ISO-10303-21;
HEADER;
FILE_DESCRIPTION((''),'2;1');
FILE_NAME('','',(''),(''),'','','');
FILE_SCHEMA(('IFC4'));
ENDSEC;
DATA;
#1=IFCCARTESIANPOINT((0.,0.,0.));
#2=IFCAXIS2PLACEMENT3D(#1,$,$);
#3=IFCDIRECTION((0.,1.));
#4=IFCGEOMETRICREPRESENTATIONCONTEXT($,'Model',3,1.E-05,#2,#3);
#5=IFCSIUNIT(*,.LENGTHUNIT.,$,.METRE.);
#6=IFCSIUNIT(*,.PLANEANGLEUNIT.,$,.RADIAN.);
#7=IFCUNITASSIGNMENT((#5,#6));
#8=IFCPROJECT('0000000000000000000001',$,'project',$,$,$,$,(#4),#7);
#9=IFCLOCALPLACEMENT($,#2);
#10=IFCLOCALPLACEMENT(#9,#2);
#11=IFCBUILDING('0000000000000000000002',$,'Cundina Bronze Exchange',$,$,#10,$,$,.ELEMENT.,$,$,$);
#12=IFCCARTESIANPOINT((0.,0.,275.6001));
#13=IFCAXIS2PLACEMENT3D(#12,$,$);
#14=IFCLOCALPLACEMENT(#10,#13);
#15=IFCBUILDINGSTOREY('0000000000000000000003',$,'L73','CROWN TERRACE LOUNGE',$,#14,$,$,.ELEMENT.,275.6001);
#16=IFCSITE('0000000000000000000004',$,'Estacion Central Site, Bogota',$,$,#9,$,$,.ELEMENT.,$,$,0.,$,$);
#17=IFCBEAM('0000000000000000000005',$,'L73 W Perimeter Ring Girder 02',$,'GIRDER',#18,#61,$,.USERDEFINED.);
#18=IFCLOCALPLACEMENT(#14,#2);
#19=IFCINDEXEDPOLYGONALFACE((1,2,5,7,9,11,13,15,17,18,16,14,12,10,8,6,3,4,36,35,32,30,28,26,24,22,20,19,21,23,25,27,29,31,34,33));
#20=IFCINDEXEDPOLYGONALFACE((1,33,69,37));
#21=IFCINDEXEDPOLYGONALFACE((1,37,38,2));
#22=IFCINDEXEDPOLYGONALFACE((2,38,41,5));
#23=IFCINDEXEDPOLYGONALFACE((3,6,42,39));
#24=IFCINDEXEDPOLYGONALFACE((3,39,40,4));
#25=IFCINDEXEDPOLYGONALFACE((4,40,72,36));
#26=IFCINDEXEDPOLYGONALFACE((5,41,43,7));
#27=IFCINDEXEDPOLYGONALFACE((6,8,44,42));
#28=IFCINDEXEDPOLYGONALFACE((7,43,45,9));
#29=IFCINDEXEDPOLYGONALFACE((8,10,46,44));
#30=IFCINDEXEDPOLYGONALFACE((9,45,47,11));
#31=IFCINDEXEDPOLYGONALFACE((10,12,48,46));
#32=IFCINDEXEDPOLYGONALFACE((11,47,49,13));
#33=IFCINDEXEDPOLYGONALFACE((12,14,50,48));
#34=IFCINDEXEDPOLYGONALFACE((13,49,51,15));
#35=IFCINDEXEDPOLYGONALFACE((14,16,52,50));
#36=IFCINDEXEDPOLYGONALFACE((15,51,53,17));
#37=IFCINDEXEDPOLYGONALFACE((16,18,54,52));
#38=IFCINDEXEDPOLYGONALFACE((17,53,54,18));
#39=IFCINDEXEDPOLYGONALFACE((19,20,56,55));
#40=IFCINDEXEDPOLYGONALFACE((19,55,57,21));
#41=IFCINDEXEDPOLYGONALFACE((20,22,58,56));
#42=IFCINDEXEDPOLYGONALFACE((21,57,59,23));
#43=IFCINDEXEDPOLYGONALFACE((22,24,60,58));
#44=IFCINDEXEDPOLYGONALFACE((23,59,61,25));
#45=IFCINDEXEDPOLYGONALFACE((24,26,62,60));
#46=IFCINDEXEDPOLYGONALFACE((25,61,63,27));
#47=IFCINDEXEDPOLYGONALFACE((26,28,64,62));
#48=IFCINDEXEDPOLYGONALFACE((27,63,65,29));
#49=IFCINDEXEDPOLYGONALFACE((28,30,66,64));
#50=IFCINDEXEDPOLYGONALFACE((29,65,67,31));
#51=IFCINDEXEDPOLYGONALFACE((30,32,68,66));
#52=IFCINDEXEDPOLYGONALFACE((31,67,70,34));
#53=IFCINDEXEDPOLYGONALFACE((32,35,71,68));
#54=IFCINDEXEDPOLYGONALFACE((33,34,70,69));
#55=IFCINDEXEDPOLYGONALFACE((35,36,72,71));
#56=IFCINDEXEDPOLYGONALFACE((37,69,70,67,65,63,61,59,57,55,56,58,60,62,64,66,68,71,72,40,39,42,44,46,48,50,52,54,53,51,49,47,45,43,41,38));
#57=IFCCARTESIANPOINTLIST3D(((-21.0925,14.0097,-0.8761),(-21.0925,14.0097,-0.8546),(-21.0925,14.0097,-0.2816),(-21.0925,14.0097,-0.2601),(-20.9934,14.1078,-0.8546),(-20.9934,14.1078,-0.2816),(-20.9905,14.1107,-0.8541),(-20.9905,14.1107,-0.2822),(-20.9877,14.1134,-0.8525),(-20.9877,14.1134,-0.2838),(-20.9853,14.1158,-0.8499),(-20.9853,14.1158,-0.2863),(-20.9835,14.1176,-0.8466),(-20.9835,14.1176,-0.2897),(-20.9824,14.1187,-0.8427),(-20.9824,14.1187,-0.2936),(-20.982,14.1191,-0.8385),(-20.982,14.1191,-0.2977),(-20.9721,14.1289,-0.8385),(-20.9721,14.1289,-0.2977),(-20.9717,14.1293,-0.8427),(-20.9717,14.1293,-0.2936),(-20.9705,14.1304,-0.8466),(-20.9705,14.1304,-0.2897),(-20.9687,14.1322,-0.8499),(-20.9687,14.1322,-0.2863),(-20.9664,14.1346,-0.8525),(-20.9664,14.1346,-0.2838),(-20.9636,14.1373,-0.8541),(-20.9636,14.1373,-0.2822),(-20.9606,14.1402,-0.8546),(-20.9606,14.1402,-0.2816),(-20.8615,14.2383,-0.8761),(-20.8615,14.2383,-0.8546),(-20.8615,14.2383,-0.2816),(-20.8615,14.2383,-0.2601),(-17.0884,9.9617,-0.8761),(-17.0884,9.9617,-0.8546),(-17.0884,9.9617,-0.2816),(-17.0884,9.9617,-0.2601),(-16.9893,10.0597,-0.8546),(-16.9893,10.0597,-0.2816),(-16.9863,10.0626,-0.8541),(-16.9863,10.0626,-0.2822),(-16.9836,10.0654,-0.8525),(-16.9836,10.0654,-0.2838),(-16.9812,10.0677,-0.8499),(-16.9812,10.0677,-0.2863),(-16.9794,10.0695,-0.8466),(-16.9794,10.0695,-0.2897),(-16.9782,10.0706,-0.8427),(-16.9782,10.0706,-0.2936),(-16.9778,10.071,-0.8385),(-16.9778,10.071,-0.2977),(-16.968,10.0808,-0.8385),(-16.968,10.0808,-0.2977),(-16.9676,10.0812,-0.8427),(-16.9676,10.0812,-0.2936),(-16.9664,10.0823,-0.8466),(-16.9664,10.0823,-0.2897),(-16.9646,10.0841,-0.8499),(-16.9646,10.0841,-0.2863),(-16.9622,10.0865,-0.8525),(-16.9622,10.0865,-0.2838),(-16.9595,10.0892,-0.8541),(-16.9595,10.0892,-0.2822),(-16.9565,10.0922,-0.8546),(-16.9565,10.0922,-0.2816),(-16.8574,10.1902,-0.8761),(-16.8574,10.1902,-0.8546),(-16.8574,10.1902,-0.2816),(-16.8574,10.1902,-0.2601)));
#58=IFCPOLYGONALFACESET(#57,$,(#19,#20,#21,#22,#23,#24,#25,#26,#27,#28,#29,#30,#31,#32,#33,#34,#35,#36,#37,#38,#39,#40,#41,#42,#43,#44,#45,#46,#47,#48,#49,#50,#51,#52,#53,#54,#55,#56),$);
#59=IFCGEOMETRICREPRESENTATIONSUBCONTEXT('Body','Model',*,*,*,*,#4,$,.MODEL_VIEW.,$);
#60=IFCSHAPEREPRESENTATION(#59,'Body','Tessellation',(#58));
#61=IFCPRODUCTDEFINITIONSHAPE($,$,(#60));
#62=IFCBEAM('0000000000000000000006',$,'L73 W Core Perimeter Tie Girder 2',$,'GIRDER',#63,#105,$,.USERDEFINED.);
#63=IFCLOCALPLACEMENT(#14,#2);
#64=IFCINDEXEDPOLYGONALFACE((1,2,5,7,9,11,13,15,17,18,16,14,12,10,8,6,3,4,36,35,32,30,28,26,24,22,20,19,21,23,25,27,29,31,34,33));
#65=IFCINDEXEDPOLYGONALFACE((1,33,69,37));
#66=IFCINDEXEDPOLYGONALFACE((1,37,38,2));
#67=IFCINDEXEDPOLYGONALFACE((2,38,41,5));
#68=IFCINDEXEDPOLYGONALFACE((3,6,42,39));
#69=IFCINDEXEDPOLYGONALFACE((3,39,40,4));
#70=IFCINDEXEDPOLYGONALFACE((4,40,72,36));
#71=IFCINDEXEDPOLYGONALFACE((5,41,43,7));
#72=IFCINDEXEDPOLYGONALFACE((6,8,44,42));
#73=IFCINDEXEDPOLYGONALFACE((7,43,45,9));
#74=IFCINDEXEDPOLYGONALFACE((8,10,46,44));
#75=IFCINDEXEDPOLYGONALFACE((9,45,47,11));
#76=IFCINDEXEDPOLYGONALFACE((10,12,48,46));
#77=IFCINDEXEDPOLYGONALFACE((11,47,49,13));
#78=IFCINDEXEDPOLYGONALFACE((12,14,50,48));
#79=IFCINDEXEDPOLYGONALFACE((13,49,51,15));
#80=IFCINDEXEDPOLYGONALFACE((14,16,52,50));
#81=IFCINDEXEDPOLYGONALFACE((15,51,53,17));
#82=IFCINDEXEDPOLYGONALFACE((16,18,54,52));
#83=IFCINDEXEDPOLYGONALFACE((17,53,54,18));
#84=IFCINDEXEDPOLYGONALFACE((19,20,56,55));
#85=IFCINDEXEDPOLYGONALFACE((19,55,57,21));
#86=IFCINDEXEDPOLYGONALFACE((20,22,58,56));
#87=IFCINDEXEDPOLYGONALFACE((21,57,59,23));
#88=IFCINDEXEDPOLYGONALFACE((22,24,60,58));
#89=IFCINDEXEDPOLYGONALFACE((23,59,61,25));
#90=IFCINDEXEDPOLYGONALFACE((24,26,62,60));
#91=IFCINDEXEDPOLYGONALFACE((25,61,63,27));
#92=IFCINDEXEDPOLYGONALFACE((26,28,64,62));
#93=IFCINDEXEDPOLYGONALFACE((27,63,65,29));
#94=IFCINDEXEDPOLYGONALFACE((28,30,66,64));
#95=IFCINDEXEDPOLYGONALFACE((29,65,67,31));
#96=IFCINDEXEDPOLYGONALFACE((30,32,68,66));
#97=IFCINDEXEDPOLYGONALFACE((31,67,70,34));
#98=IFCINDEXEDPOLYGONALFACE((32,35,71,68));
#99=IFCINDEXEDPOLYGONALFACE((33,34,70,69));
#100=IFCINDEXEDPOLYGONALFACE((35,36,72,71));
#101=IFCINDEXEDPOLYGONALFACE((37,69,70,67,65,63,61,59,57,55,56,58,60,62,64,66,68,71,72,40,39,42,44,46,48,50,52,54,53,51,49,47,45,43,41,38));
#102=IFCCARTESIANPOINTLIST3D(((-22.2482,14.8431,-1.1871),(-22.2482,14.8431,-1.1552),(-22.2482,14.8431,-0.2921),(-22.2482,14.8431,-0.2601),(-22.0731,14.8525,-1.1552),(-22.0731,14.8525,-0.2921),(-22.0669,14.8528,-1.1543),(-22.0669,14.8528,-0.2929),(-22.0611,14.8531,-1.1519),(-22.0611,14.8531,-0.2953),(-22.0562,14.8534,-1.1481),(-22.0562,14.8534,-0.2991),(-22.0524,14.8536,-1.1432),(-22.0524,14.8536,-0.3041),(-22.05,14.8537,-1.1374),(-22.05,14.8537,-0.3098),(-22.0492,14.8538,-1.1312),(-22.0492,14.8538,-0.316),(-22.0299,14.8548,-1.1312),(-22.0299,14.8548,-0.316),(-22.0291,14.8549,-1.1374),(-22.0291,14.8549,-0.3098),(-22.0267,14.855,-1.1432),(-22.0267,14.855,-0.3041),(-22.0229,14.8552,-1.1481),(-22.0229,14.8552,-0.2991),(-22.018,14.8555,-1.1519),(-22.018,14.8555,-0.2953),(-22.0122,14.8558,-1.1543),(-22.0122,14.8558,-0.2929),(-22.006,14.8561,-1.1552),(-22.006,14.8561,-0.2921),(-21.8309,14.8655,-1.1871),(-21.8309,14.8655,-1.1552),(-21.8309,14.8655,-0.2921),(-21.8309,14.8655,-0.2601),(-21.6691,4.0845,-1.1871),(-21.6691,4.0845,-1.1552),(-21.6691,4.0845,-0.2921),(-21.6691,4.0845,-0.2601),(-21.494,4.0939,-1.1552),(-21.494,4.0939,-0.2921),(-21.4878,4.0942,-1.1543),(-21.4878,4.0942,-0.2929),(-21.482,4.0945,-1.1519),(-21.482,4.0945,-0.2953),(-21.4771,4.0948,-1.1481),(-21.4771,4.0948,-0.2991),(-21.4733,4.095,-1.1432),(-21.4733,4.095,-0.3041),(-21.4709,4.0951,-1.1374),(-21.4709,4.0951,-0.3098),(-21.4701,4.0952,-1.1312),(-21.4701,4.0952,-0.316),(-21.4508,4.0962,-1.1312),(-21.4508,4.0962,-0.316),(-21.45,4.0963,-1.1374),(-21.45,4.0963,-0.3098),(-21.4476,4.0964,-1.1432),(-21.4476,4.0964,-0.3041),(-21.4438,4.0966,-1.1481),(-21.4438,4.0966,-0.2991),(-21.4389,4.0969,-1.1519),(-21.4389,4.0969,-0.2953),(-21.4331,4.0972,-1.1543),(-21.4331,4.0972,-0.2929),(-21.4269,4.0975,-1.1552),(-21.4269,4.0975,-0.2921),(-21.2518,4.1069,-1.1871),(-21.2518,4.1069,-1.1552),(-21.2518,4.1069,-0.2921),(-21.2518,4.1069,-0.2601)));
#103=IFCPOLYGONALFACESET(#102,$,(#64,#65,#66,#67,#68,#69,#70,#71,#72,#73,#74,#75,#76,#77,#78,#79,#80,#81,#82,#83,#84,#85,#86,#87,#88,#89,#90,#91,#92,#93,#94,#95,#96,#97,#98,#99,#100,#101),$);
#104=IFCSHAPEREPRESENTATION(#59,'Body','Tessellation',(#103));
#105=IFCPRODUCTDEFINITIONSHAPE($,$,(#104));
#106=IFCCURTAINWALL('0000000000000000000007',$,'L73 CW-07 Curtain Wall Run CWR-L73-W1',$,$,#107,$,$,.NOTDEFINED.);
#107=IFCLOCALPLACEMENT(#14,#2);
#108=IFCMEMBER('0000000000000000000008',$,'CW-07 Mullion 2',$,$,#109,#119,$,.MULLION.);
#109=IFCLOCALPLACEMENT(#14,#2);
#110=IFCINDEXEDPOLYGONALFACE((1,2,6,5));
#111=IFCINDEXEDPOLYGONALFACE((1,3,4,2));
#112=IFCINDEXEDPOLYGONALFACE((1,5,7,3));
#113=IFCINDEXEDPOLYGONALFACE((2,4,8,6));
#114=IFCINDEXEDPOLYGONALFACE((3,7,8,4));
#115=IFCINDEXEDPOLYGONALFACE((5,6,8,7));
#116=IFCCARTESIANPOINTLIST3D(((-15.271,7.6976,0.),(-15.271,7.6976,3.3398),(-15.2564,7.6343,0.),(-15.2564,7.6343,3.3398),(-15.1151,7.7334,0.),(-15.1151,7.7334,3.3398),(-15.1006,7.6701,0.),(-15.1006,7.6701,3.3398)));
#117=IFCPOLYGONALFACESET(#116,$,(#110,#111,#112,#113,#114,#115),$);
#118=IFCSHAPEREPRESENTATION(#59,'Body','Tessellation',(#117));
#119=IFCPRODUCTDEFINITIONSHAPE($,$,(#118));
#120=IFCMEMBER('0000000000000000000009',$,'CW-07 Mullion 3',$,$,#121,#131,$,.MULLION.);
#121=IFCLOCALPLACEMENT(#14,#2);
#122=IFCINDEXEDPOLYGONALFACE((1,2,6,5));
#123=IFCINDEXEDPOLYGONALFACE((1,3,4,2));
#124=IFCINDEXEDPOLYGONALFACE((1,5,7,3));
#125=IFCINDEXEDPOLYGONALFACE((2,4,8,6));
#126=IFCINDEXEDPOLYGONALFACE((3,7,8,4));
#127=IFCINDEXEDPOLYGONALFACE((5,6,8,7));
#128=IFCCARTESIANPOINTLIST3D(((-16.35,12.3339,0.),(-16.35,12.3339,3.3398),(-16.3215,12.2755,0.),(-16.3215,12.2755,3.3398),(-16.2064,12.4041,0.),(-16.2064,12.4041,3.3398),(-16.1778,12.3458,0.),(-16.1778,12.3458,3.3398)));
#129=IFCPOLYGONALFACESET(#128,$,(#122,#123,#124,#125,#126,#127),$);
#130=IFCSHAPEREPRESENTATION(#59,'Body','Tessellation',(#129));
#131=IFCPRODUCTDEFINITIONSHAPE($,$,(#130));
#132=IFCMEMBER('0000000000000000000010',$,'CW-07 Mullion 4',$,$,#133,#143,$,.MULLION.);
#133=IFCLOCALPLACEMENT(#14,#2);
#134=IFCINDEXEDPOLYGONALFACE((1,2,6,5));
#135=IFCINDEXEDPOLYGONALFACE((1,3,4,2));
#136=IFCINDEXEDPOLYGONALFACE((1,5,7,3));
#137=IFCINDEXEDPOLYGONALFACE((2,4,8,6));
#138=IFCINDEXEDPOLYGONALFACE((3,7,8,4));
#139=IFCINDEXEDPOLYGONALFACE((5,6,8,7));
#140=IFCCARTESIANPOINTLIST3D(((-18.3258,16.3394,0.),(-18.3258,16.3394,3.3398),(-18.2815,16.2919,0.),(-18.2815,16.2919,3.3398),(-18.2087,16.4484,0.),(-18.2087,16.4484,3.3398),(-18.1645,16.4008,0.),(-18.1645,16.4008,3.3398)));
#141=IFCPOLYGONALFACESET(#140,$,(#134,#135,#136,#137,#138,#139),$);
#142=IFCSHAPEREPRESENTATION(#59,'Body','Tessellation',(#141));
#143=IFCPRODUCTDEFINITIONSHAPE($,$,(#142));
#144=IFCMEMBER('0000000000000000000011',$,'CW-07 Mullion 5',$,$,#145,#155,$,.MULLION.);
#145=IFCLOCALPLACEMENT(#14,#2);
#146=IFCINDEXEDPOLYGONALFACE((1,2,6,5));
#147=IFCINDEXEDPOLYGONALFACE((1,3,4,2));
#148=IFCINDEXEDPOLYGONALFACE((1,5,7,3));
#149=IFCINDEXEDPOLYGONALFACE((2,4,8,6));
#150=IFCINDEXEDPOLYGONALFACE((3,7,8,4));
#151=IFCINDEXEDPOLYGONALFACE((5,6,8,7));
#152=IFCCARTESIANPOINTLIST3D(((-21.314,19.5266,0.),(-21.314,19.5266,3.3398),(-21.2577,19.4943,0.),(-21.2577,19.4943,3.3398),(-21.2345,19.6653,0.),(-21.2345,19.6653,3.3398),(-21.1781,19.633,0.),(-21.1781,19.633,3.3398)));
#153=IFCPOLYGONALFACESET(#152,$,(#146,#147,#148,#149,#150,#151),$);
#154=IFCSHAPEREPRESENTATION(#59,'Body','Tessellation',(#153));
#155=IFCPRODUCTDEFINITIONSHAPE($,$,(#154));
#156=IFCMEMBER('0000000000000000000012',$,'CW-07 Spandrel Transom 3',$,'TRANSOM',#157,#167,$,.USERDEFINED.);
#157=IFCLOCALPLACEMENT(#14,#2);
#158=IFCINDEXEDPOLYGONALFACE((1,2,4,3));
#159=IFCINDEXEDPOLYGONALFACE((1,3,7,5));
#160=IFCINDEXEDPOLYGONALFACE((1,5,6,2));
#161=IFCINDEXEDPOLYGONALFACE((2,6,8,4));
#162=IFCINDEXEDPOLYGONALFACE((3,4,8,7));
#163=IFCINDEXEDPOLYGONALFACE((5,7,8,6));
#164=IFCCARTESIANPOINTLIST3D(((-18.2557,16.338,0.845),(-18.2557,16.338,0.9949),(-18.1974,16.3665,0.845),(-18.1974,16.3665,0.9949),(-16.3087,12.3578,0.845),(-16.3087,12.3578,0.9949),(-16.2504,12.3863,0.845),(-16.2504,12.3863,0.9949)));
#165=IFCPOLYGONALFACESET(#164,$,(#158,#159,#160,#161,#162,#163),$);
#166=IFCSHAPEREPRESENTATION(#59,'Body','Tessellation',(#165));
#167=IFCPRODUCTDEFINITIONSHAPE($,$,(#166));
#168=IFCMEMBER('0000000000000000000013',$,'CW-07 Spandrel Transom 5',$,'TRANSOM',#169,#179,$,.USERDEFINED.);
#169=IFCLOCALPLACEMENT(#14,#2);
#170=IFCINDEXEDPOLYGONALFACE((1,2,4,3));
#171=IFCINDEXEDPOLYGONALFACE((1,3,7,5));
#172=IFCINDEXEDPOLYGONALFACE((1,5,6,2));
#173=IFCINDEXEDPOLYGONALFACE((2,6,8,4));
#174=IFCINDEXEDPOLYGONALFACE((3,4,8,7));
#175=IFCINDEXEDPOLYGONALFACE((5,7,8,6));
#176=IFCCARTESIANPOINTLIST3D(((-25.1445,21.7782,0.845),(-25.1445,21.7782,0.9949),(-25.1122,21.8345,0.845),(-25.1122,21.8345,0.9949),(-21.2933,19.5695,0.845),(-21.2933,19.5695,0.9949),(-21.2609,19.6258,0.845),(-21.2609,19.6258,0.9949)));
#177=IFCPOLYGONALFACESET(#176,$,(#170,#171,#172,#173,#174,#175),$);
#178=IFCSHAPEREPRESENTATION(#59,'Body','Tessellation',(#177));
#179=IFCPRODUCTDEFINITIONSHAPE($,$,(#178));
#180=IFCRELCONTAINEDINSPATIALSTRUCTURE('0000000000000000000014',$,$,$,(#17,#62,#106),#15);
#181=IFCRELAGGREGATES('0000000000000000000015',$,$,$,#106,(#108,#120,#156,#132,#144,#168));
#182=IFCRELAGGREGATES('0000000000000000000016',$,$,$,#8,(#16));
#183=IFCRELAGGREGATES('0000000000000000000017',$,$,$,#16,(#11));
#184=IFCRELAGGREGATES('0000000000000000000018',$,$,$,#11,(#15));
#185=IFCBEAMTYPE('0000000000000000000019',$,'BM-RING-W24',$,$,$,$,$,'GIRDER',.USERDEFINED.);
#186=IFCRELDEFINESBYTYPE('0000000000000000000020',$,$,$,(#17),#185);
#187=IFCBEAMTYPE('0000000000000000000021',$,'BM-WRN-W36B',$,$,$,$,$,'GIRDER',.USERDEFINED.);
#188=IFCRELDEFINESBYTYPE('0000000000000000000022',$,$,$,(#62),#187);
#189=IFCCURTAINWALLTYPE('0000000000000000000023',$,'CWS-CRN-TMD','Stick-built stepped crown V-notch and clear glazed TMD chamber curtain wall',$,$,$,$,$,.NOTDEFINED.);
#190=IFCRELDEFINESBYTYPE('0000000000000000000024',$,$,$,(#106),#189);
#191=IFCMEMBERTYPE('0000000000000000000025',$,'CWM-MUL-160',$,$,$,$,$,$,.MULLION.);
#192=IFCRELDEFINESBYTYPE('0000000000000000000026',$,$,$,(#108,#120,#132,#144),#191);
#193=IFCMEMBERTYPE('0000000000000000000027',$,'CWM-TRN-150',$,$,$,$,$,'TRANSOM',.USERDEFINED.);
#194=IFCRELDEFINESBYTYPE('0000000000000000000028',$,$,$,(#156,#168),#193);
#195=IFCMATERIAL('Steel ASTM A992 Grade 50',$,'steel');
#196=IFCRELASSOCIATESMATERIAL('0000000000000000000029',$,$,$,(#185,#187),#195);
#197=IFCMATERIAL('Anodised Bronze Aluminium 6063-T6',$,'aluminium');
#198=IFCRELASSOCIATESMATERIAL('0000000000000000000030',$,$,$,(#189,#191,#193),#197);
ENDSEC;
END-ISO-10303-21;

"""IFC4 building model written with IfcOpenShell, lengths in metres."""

from ifc_helpers import new_model, si_unit, direction, frame, origin, origin_2d, place, context, subcontext, project, spatial, rectangle, i_section, extrude, material, material_profile, profile_set, type_object, element, aggregate, save


model = new_model("IFC4")

# Units and contexts
model_context = context("Model", 3, precision=1e-05, world=origin(), true_north=direction((0.0, 1.0)))
body_context = subcontext(model_context, "Body", "Model", "MODEL_VIEW")
ifc_project = project(units=[si_unit("LENGTHUNIT", "METRE"), si_unit("PLANEANGLEUNIT", "RADIAN")], contexts=[model_context])

# Site, building, storey
site_placement = place(None, origin())
site = spatial("IfcSite", under=ifc_project, at=site_placement, Name="Estacion Central Site, Bogota", CompositionType="ELEMENT", RefElevation=0.0)
building_placement = place(site_placement, origin())
building = spatial("IfcBuilding", under=site, at=building_placement, Name="Cundina Bronze Exchange", CompositionType="ELEMENT")
storey_placement = place(building_placement, frame((0.0, 0.0, 275.6001)))
storey = spatial("IfcBuildingStorey", under=building, at=storey_placement, Name="L73", Description="CROWN TERRACE LOUNGE", CompositionType="ELEMENT", Elevation=275.6001)

# Shared definitions
ifc_material_1 = material(Name="Steel ASTM A992 Grade 50", Category="steel")

# Beams
ifc_material_profile_1 = material_profile(ifc_material_1, i_section(OverallWidth=0.325, OverallDepth=0.616, WebThickness=0.0139, FlangeThickness=0.0215, FilletRadius=0.0161, at=origin_2d()), Name="W24X117", Category="steel")
ifc_profile_set_1 = profile_set([ifc_material_profile_1], Name="Steel ASTM A992 Grade 50")
beam_type_1 = type_object("IfcBeamType", Name="BM-RING-W24", ElementType="GIRDER", PredefinedType="USERDEFINED", material=ifc_profile_set_1)
beam_1_placement = place(storey_placement, frame((-16.9729, 10.0759, -0.5681), z_axis=(-0.703237, 0.710955, 0.0), x_axis=(-0.710955, -0.703237, 0.0)))
element("IfcBeam", 1, at=beam_1_placement, inside=storey, type_object=beam_type_1, Name="L73 W Perimeter Ring Girder 02", ObjectType="GIRDER", PredefinedType="USERDEFINED", context=body_context, shape_type="SweptSolid", body=[
    extrude(i_section(OverallWidth=0.325, OverallDepth=0.616, WebThickness=0.0139, FlangeThickness=0.0215, FilletRadius=0.0161, at=origin_2d()), origin(), (0.0, 0.0, 1.0), 5.6938),
])
ifc_material_profile_2 = material_profile(ifc_material_1, i_section(OverallWidth=0.418, OverallDepth=0.927, WebThickness=0.0193, FlangeThickness=0.032, FilletRadius=0.0239, at=origin_2d()), Name="W36X231", Category="steel")
ifc_profile_set_2 = profile_set([ifc_material_profile_2], Name="Steel ASTM A992 Grade 50")
beam_type_2 = type_object("IfcBeamType", Name="BM-WRN-W36B", ElementType="GIRDER", PredefinedType="USERDEFINED", material=ifc_profile_set_2)
beam_2_placement = place(storey_placement, frame((-21.4604, 4.0957, -0.7236), z_axis=(-0.053749, 0.998554, 0.0), x_axis=(-0.998554, -0.053749, 0.0)))
element("IfcBeam", 2, at=beam_2_placement, inside=storey, type_object=beam_type_2, Name="L73 W Core Perimeter Tie Girder 2", ObjectType="GIRDER", PredefinedType="USERDEFINED", context=body_context, shape_type="SweptSolid", body=[
    extrude(i_section(OverallWidth=0.418, OverallDepth=0.927, WebThickness=0.0193, FlangeThickness=0.032, FilletRadius=0.0239, at=origin_2d()), origin(), (0.0, 0.0, 1.0), 10.7742),
])

# Curtain wall, members
ifc_material_2 = material(Name="Anodised Bronze Aluminium 6063-T6", Category="aluminium")
curtain_wall_type = type_object("IfcCurtainWallType", Name="CWS-CRN-TMD", Description="Stick-built stepped crown V-notch and clear glazed TMD chamber curtain wall", PredefinedType="NOTDEFINED", material=ifc_material_2)
curtain_wall_placement = place(storey_placement, origin())
curtain_wall = element("IfcCurtainWall", 3, at=curtain_wall_placement, inside=storey, type_object=curtain_wall_type, Name="L73 CW-07 Curtain Wall Run CWR-L73-W1", PredefinedType="NOTDEFINED")
ifc_material_profile_3 = material_profile(ifc_material_2, rectangle(XDim=0.0649, YDim=0.1599, at=origin_2d()), Name="AL65X160", Category="aluminium")
ifc_profile_set_3 = profile_set([ifc_material_profile_3], Name="Anodised Bronze Aluminium 6063-T6")
member_type_1 = type_object("IfcMemberType", Name="CWM-MUL-160", PredefinedType="MULLION", material=ifc_profile_set_3)
member_1_placement = place(storey_placement, frame((-15.1858, 7.6838, 0.0), z_axis=(0.0, 0.0, 1.0), x_axis=(-0.223931, 0.974605, 0.0)))
member_1 = element("IfcMember", 4, at=member_1_placement, type_object=member_type_1, Name="CW-07 Mullion 2", PredefinedType="MULLION", context=body_context, shape_type="SweptSolid", body=[
    extrude(rectangle(XDim=0.0649, YDim=0.1599, at=origin_2d()), origin(), (0.0, 0.0, 1.0), 3.3398),
])
member_2_placement = place(storey_placement, frame((-16.2639, 12.3398, 0.0), z_axis=(0.0, 0.0, 1.0), x_axis=(-0.439469, 0.898258, 0.0)))
member_2 = element("IfcMember", 5, at=member_2_placement, type_object=member_type_1, Name="CW-07 Mullion 3", PredefinedType="MULLION", context=body_context, shape_type="SweptSolid", body=[
    extrude(rectangle(XDim=0.0649, YDim=0.1599, at=origin_2d()), origin(), (0.0, 0.0, 1.0), 3.3398),
])
member_3_placement = place(storey_placement, frame((-18.2451, 16.3701, 0.0), z_axis=(0.0, 0.0, 1.0), x_axis=(-0.681488, 0.73183, 0.0)))
member_3 = element("IfcMember", 6, at=member_3_placement, type_object=member_type_1, Name="CW-07 Mullion 4", PredefinedType="MULLION", context=body_context, shape_type="SweptSolid", body=[
    extrude(rectangle(XDim=0.0649, YDim=0.1599, at=origin_2d()), origin(), (0.0, 0.0, 1.0), 3.3398),
])
member_4_placement = place(storey_placement, frame((-21.2461, 19.5798, 0.0), z_axis=(0.0, 0.0, 1.0), x_axis=(-0.867418, 0.49758, 0.0)))
member_4 = element("IfcMember", 7, at=member_4_placement, type_object=member_type_1, Name="CW-07 Mullion 5", PredefinedType="MULLION", context=body_context, shape_type="SweptSolid", body=[
    extrude(rectangle(XDim=0.0649, YDim=0.1599, at=origin_2d()), origin(), (0.0, 0.0, 1.0), 3.3398),
])
ifc_material_profile_4 = material_profile(ifc_material_2, rectangle(XDim=0.0649, YDim=0.1499, at=origin_2d()), Name="AL65X150", Category="aluminium")
ifc_profile_set_4 = profile_set([ifc_material_profile_4], Name="Anodised Bronze Aluminium 6063-T6")
member_type_2 = type_object("IfcMemberType", Name="CWM-TRN-150", ElementType="TRANSOM", PredefinedType="USERDEFINED", material=ifc_profile_set_4)
member_5_placement = place(storey_placement, frame((-16.2795, 12.3721, 0.9199), z_axis=(-0.439417, 0.898283, 0.0), x_axis=(-0.898283, -0.439417, 0.0)))
member_5 = element("IfcMember", 8, at=member_5_placement, type_object=member_type_2, Name="CW-07 Spandrel Transom 3", ObjectType="TRANSOM", PredefinedType="USERDEFINED", context=body_context, shape_type="SweptSolid", body=[
    extrude(rectangle(XDim=0.0649, YDim=0.1499, at=origin_2d()), origin(), (0.0, 0.0, 1.0), 4.4309),
])
member_6_placement = place(storey_placement, frame((-21.2771, 19.5977, 0.9199), z_axis=(-0.867467, 0.497494, 0.0), x_axis=(-0.497494, -0.867467, 0.0)))
member_6 = element("IfcMember", 9, at=member_6_placement, type_object=member_type_2, Name="CW-07 Spandrel Transom 5", ObjectType="TRANSOM", PredefinedType="USERDEFINED", context=body_context, shape_type="SweptSolid", body=[
    extrude(rectangle(XDim=0.0649, YDim=0.1499, at=origin_2d()), origin(), (0.0, 0.0, 1.0), 4.4397),
])
aggregate(curtain_wall, [member_1, member_2, member_5, member_3, member_4, member_6])

save(model, "model.ifc")
